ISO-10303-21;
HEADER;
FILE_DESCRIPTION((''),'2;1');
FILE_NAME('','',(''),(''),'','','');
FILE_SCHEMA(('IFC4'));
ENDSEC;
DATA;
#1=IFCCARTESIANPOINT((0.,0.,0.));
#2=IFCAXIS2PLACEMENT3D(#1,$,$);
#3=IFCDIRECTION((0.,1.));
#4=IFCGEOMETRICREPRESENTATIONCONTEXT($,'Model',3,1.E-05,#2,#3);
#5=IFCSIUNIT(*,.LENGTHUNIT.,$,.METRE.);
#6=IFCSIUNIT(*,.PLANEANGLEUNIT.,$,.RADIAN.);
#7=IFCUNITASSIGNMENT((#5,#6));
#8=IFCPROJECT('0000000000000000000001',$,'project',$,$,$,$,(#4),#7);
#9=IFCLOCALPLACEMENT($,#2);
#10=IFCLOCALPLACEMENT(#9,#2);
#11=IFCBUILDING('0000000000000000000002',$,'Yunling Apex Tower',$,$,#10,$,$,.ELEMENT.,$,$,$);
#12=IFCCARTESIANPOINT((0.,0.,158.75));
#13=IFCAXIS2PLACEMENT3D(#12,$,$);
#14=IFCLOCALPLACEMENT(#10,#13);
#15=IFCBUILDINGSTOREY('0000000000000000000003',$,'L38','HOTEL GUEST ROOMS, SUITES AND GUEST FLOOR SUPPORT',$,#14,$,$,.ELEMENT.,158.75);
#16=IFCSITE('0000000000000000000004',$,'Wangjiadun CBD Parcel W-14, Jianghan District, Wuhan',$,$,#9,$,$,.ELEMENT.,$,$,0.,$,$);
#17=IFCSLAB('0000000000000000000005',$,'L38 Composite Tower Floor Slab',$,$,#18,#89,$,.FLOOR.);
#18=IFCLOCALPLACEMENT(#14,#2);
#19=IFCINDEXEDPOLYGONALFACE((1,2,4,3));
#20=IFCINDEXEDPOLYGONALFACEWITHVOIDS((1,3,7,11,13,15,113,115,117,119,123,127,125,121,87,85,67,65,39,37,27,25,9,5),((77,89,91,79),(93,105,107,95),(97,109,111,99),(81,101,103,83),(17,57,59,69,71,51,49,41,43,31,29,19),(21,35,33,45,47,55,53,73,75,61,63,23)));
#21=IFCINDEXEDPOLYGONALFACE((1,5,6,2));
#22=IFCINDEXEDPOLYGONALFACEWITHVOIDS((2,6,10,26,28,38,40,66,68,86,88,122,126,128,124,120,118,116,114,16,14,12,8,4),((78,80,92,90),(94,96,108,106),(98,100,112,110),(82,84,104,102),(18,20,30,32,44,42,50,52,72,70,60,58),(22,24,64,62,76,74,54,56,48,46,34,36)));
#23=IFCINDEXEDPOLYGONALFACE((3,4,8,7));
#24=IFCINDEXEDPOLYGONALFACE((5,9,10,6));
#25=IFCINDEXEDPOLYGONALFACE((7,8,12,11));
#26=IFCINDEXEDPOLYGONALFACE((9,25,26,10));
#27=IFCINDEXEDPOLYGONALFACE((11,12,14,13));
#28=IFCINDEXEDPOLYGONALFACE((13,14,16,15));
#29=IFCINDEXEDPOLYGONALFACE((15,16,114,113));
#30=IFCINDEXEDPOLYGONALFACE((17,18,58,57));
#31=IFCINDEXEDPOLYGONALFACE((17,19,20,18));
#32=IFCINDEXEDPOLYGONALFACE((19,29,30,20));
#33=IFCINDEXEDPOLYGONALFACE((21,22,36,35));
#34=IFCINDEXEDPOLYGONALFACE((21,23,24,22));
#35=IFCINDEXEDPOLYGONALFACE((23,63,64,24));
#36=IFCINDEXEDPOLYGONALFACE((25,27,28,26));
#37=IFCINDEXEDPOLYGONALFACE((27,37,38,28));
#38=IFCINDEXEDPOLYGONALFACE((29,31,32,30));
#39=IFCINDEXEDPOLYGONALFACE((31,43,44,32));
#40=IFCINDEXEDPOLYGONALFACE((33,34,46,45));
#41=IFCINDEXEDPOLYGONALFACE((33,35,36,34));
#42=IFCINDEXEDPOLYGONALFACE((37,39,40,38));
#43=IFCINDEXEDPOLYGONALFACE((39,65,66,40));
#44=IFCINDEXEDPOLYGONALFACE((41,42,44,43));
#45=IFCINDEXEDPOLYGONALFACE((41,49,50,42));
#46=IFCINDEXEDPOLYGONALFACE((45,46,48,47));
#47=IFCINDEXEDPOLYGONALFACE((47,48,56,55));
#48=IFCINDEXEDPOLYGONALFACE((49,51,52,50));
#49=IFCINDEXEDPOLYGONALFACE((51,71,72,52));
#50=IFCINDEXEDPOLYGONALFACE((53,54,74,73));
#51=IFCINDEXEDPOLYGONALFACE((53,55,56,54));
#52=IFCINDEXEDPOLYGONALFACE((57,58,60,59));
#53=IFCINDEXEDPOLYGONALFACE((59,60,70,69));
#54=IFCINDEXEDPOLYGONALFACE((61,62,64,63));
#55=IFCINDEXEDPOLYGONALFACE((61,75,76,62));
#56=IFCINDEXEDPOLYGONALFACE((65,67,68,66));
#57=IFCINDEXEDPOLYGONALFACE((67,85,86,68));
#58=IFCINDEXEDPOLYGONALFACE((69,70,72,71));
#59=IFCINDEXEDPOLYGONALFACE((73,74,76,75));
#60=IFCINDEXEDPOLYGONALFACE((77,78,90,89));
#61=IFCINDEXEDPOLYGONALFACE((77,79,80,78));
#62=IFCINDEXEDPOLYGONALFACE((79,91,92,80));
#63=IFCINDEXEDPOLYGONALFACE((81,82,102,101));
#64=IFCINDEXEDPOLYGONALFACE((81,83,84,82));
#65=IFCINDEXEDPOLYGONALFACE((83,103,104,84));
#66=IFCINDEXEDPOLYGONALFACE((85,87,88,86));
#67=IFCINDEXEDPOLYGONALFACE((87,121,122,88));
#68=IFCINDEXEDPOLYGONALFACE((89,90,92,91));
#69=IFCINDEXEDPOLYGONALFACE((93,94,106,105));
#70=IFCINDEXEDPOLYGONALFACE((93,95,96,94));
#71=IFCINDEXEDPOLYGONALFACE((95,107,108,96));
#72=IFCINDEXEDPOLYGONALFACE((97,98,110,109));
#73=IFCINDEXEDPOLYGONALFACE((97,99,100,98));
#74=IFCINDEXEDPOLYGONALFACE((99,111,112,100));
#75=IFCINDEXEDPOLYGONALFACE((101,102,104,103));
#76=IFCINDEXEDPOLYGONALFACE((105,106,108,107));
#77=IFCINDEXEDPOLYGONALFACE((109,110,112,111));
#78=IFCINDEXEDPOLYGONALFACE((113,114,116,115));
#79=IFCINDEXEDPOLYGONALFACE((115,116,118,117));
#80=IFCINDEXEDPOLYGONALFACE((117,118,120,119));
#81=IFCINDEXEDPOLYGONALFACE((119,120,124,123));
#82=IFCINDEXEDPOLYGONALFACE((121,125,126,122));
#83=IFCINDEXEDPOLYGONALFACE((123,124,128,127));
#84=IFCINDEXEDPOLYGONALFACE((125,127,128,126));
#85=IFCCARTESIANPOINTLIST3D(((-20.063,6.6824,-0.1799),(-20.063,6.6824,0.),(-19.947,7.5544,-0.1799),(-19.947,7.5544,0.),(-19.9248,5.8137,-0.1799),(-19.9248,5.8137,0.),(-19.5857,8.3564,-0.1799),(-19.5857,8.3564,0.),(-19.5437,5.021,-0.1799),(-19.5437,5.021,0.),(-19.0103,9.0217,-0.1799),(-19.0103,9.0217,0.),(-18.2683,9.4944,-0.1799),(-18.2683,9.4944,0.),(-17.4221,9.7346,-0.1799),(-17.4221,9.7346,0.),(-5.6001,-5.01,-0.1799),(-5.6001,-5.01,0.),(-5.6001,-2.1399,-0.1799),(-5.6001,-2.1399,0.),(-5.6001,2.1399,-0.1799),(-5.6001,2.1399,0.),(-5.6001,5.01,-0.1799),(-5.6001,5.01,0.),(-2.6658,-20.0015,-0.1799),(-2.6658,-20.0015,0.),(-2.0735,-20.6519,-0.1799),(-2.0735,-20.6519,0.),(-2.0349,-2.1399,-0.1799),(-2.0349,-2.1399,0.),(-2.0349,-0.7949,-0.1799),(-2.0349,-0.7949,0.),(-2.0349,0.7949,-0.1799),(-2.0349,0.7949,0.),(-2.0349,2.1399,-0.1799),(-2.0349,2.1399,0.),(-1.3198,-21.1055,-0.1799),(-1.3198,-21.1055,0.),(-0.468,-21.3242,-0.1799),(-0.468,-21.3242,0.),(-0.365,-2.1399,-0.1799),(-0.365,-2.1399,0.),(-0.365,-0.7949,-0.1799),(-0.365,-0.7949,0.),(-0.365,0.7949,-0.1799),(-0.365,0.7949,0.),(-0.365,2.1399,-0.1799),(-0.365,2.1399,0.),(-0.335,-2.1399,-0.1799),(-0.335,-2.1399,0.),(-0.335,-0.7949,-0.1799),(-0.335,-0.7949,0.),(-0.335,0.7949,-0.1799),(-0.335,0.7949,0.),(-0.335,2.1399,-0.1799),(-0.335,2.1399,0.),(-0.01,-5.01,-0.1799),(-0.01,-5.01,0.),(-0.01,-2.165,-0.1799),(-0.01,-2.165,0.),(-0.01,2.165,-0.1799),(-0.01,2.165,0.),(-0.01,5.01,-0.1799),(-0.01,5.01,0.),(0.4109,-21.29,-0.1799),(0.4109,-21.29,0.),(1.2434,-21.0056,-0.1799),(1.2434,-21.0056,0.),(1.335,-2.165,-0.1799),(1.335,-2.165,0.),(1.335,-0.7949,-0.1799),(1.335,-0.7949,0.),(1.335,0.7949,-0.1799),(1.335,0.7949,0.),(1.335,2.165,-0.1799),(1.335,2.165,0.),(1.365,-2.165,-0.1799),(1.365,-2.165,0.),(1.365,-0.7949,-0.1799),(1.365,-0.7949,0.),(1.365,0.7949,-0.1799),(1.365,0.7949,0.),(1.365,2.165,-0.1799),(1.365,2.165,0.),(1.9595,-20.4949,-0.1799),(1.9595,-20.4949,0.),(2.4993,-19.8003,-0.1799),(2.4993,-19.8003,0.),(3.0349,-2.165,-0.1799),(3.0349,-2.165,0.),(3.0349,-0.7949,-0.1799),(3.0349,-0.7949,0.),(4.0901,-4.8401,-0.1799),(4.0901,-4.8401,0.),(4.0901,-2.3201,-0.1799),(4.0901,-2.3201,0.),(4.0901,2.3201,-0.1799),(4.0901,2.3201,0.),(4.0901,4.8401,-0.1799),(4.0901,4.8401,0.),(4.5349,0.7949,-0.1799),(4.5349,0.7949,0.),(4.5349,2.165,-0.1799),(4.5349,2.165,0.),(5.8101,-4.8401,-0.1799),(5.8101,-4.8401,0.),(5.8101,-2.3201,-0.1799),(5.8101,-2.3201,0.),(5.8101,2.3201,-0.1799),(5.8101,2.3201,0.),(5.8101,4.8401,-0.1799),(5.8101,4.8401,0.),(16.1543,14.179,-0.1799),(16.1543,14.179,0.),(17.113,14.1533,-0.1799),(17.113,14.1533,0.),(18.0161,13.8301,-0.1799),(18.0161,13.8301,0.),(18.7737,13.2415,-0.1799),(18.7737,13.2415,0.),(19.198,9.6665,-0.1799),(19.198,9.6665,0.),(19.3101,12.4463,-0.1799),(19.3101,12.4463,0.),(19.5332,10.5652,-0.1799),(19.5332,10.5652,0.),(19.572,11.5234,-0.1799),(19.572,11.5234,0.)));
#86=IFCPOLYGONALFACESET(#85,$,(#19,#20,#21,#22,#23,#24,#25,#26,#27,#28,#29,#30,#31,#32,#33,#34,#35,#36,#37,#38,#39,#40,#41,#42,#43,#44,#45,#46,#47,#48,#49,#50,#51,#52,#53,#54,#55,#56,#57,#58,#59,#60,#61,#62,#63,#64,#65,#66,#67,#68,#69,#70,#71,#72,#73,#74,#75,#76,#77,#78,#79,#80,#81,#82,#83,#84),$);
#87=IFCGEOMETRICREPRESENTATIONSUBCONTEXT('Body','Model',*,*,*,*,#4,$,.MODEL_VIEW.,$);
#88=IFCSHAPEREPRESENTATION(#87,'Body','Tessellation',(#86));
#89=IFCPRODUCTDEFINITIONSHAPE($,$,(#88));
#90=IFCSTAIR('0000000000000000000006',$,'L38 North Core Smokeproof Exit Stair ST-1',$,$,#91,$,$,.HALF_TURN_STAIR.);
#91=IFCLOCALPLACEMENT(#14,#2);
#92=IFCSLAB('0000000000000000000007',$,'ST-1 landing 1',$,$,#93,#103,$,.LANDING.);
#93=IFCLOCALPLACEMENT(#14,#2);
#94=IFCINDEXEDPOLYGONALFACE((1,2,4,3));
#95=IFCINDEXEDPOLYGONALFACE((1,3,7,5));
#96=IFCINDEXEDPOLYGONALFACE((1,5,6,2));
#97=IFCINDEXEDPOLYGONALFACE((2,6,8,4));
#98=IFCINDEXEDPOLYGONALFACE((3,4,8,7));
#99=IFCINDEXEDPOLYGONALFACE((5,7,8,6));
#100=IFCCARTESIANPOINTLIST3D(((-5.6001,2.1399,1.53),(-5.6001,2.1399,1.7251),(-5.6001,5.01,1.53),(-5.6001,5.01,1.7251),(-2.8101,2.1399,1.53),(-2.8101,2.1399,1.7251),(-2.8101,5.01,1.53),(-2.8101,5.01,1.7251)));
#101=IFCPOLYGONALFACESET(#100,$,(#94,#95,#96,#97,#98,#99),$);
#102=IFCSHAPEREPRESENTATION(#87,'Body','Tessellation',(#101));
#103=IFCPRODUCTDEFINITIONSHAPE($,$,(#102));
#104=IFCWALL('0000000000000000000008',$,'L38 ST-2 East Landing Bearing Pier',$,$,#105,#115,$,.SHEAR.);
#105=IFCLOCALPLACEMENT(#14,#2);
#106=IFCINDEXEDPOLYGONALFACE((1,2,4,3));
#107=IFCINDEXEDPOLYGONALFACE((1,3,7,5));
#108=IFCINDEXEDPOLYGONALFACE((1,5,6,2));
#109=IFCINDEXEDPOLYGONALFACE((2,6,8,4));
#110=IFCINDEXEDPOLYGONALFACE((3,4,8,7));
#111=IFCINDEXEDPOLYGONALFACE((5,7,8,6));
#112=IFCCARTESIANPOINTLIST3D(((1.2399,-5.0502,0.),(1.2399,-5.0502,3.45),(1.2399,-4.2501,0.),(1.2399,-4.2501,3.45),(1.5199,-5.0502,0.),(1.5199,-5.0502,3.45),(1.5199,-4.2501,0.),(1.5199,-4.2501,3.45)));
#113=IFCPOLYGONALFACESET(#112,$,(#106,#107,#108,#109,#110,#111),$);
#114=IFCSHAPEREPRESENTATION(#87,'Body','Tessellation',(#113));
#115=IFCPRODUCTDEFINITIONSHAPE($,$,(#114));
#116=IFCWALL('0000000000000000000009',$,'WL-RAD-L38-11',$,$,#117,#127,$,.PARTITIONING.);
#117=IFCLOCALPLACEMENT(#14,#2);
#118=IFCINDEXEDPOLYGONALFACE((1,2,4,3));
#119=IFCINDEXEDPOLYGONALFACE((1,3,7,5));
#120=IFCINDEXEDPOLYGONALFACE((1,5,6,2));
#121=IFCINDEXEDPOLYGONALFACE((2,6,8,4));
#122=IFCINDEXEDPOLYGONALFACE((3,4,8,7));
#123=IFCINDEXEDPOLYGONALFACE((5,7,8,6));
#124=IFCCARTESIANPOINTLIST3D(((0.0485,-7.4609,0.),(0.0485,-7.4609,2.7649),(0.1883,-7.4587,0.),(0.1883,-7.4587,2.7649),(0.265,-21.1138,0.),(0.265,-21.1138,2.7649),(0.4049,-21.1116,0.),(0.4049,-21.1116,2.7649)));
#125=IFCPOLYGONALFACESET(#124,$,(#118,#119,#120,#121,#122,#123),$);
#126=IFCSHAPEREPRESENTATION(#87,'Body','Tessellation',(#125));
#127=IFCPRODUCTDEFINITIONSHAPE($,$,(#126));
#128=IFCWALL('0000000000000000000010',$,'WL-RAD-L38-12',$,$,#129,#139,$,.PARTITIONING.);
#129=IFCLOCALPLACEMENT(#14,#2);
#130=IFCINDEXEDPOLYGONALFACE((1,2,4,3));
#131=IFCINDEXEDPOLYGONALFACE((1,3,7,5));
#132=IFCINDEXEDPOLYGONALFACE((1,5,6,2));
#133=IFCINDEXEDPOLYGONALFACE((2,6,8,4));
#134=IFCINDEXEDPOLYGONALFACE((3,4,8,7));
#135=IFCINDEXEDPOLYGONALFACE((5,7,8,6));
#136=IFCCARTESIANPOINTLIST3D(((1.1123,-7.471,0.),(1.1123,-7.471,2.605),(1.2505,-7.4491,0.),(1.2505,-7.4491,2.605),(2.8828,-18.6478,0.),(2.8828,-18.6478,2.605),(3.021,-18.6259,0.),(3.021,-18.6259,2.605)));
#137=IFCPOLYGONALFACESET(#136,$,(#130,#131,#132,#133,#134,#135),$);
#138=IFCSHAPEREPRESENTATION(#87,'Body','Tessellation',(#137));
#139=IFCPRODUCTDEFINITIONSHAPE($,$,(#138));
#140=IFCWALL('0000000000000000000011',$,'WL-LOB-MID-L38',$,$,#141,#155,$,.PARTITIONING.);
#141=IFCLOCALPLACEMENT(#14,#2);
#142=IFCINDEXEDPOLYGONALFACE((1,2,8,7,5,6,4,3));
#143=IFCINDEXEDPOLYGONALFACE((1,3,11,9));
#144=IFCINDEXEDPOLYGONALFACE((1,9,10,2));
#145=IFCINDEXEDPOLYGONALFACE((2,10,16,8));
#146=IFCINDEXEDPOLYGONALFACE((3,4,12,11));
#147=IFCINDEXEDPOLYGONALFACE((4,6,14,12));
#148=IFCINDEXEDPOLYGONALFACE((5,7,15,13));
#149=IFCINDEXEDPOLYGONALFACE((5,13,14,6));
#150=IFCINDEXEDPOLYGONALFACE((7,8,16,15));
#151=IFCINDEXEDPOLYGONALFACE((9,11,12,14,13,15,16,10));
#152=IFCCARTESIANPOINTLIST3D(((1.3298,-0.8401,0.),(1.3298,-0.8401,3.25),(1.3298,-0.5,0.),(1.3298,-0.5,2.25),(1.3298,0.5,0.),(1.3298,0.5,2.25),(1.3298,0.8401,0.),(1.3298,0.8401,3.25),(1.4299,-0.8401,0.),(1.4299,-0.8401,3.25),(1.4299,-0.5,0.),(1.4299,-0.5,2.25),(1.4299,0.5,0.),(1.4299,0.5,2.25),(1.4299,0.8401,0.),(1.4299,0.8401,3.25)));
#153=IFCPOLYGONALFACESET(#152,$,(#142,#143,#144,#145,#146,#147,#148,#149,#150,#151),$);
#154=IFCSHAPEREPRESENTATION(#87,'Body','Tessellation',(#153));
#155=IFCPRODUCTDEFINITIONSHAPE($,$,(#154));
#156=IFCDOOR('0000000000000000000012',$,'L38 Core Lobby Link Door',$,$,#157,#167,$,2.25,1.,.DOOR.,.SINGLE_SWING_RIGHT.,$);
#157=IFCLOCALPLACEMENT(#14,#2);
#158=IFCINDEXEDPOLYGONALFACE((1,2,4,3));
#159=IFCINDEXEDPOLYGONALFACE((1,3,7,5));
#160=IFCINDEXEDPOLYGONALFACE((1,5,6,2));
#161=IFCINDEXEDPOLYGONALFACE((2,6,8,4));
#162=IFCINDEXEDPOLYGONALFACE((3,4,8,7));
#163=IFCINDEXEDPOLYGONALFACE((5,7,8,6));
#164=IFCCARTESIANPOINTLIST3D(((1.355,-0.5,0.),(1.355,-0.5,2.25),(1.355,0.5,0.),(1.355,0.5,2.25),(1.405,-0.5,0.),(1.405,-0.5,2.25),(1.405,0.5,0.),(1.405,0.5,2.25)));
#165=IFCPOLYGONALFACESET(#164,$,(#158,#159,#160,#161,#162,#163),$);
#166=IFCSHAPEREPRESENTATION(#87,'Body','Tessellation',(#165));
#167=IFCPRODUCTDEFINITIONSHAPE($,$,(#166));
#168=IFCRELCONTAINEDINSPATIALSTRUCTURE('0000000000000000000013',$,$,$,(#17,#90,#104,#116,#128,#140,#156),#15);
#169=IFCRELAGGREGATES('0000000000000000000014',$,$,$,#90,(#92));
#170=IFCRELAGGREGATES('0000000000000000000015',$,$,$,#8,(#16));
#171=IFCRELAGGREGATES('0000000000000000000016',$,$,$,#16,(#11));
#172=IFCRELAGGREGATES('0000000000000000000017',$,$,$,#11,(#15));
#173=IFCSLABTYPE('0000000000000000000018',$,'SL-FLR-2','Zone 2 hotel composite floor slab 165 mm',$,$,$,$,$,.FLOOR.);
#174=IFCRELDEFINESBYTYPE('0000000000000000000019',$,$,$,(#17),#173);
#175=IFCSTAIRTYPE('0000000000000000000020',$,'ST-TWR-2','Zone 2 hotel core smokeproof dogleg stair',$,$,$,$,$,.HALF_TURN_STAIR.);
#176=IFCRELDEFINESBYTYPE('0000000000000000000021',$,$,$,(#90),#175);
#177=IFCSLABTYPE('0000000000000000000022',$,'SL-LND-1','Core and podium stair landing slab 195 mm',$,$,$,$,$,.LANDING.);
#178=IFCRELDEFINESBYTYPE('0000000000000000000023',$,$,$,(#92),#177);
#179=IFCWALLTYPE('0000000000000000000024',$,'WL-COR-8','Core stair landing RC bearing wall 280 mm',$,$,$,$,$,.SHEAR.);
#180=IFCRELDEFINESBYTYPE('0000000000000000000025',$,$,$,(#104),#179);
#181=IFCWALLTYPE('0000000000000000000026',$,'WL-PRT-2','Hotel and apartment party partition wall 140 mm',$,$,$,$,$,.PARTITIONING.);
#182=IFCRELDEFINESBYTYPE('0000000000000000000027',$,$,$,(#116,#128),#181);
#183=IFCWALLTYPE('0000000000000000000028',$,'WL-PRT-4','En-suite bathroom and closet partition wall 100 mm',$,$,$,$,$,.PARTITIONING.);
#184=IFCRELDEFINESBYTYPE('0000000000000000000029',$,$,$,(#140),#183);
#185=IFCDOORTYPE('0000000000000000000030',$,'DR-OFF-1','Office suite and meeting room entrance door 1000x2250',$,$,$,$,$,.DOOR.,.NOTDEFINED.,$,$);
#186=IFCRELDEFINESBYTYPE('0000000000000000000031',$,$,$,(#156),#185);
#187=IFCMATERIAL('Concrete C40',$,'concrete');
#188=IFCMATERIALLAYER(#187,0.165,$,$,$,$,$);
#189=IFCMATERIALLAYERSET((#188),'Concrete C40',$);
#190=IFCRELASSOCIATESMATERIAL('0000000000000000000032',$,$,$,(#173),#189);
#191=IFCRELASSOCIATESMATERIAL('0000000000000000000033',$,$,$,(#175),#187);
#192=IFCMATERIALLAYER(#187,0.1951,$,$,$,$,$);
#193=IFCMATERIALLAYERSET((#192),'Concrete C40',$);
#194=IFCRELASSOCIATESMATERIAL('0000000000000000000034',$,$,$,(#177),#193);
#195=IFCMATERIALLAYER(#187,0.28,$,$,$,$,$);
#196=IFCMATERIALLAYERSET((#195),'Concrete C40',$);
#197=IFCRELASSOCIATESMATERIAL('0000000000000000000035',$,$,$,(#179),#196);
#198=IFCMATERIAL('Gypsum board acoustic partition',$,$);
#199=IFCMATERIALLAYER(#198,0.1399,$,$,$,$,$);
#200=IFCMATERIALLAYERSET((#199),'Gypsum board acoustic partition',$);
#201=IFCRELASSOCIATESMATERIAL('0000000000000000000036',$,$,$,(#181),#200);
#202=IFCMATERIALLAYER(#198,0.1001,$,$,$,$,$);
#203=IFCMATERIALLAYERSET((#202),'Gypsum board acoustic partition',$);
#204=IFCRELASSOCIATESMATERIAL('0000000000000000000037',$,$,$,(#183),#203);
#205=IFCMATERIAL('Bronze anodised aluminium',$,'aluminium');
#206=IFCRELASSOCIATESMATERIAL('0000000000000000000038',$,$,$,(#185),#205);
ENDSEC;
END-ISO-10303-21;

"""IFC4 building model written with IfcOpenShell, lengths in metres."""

from ifc_helpers import new_model, si_unit, direction, frame, frame_2d, origin, place, context, subcontext, project, spatial, polyline, rectangle, outline, extrude, material, layer, layer_set, type_object, element, fill, aggregate, save


model = new_model("IFC4")

# Units and contexts
model_context = context("Model", 3, precision=1e-05, world=origin(), true_north=direction((0.0, 1.0)))
body_context = subcontext(model_context, "Body", "Model", "MODEL_VIEW")
ifc_project = project(units=[si_unit("LENGTHUNIT", "METRE"), si_unit("PLANEANGLEUNIT", "RADIAN")], contexts=[model_context])

# Site, building, storey
site_placement = place(None, origin())
site = spatial("IfcSite", under=ifc_project, at=site_placement, Name="Wangjiadun CBD Parcel W-14, Jianghan District, Wuhan", CompositionType="ELEMENT", RefElevation=0.0)
building_placement = place(site_placement, origin())
building = spatial("IfcBuilding", under=site, at=building_placement, Name="Yunling Apex Tower", CompositionType="ELEMENT")
storey_placement = place(building_placement, frame((0.0, 0.0, 158.75)))
storey = spatial("IfcBuildingStorey", under=building, at=storey_placement, Name="L38", Description="HOTEL GUEST ROOMS, SUITES AND GUEST FLOOR SUPPORT", CompositionType="ELEMENT", Elevation=158.75)

# Slab
ifc_material_1 = material(Name="Concrete C40", Category="concrete")
ifc_layer_1 = layer(ifc_material_1, 0.165)
ifc_layer_set_1 = layer_set([ifc_layer_1], Name="Concrete C40")
slab_type_1 = type_object("IfcSlabType", Name="SL-FLR-2", Description="Zone 2 hotel composite floor slab 165 mm", PredefinedType="FLOOR", material=ifc_layer_set_1)
slab_1_placement = place(storey_placement, frame((0.0, 0.0, -0.1799)))
element("IfcSlab", 1, at=slab_1_placement, inside=storey, type_object=slab_type_1, Name="L38 Composite Tower Floor Slab", PredefinedType="FLOOR", context=body_context, shape_type="SweptSolid", body=[
    extrude(outline(polyline([(-2.6658, -20.0015), (-2.0735, -20.6519), (-1.3198, -21.1055), (-0.468, -21.3242), (0.4109, -21.29), (1.2434, -21.0056), (1.9595, -20.4949), (2.4993, -19.8003), (19.198, 9.6665), (19.5332, 10.5652), (19.572, 11.5234), (19.3101, 12.4463), (18.7737, 13.2415), (18.0161, 13.8301), (17.113, 14.1533), (16.1543, 14.179), (-17.4221, 9.7346), (-18.2683, 9.4944), (-19.0103, 9.0217), (-19.5857, 8.3564), (-19.947, 7.5544), (-20.063, 6.6824), (-19.9248, 5.8137), (-19.5437, 5.021), (-2.6658, -20.0015)]), holes=[polyline([(5.8101, -2.3201), (5.8101, -4.8401), (4.0901, -4.8401), (4.0901, -2.3201), (5.8101, -2.3201)]), polyline([(5.8101, 4.8401), (5.8101, 2.3201), (4.0901, 2.3201), (4.0901, 4.8401), (5.8101, 4.8401)]), polyline([(4.5349, 0.7949), (1.365, 0.7949), (1.365, 2.165), (4.5349, 2.165), (4.5349, 0.7949)]), polyline([(3.0349, -0.7949), (3.0349, -2.165), (1.365, -2.165), (1.365, -0.7949), (3.0349, -0.7949)]), polyline([(-2.0349, -0.7949), (-0.365, -0.7949), (-0.365, -2.1399), (-0.335, -2.1399), (-0.335, -0.7949), (1.335, -0.7949), (1.335, -2.165), (-0.01, -2.165), (-0.01, -5.01), (-5.6001, -5.01), (-5.6001, -2.1399), (-2.0349, -2.1399), (-2.0349, -0.7949)]), polyline([(-5.6001, 2.1399), (-5.6001, 5.01), (-0.01, 5.01), (-0.01, 2.165), (1.335, 2.165), (1.335, 0.7949), (-0.335, 0.7949), (-0.335, 2.1399), (-0.365, 2.1399), (-0.365, 0.7949), (-2.0349, 0.7949), (-2.0349, 2.1399), (-5.6001, 2.1399)])]), origin(), (0.0, 0.0, 1.0), 0.1799),
])

# Stair, slab
stair_type = type_object("IfcStairType", Name="ST-TWR-2", Description="Zone 2 hotel core smokeproof dogleg stair", PredefinedType="HALF_TURN_STAIR", material=ifc_material_1)
stair_1_placement = place(storey_placement, origin())
stair_1 = element("IfcStair", 2, at=stair_1_placement, inside=storey, type_object=stair_type, Name="L38 North Core Smokeproof Exit Stair ST-1", PredefinedType="HALF_TURN_STAIR")
ifc_layer_2 = layer(ifc_material_1, 0.1951)
ifc_layer_set_2 = layer_set([ifc_layer_2], Name="Concrete C40")
slab_type_2 = type_object("IfcSlabType", Name="SL-LND-1", Description="Core and podium stair landing slab 195 mm", PredefinedType="LANDING", material=ifc_layer_set_2)
slab_2_placement = place(storey_placement, frame((0.0, 0.0, 1.53)))
slab_2 = element("IfcSlab", 3, at=slab_2_placement, type_object=slab_type_2, Name="ST-1 landing 1", PredefinedType="LANDING", context=body_context, shape_type="SweptSolid", body=[
    extrude(outline(polyline([(-2.8101, 5.01), (-5.6001, 5.01), (-5.6001, 2.1399), (-2.8101, 2.1399), (-2.8101, 5.01)])), origin(), (0.0, 0.0, 1.0), 0.1951),
])
aggregate(stair_1, [slab_2])

# Walls
ifc_layer_3 = layer(ifc_material_1, 0.28)
ifc_layer_set_3 = layer_set([ifc_layer_3], Name="Concrete C40")
wall_type_1 = type_object("IfcWallType", Name="WL-COR-8", Description="Core stair landing RC bearing wall 280 mm", PredefinedType="SHEAR", material=ifc_layer_set_3)
wall_1_placement = place(storey_placement, frame((1.3799, -5.05, 0.0), z_axis=(0.0, 0.0, 1.0), x_axis=(0.0, 1.0, 0.0)))
element("IfcWall", 4, at=wall_1_placement, inside=storey, type_object=wall_type_1, Name="L38 ST-2 East Landing Bearing Pier", PredefinedType="SHEAR", context=body_context, shape_type="SweptSolid", body=[
    extrude(rectangle(XDim=0.8, YDim=0.28, at=frame_2d((0.3999, 0.0))), origin(), (0.0, 0.0, 1.0), 3.45),
])
ifc_material_2 = material(Name="Gypsum board acoustic partition")
ifc_layer_4 = layer(ifc_material_2, 0.1399)
ifc_layer_set_4 = layer_set([ifc_layer_4], Name="Gypsum board acoustic partition")
wall_type_2 = type_object("IfcWallType", Name="WL-PRT-2", Description="Hotel and apartment party partition wall 140 mm", PredefinedType="PARTITIONING", material=ifc_layer_set_4)
wall_2_placement = place(storey_placement, frame((0.1184, -7.46, 0.0), z_axis=(0.0, 0.0, 1.0), x_axis=(0.015859, -0.999874, 0.0)))
element("IfcWall", 5, at=wall_2_placement, inside=storey, type_object=wall_type_2, Name="WL-RAD-L38-11", PredefinedType="PARTITIONING", context=body_context, shape_type="SweptSolid", body=[
    extrude(rectangle(XDim=13.6545, YDim=0.1399, at=frame_2d((6.8271, 0.0))), origin(), (0.0, 0.0, 1.0), 2.7649),
])
wall_3_placement = place(storey_placement, frame((1.1814, -7.46, 0.0), z_axis=(0.0, 0.0, 1.0), x_axis=(0.156459, -0.987684, 0.0)))
element("IfcWall", 6, at=wall_3_placement, inside=storey, type_object=wall_type_2, Name="WL-RAD-L38-12", PredefinedType="PARTITIONING", context=body_context, shape_type="SweptSolid", body=[
    extrude(rectangle(XDim=11.3162, YDim=0.1399, at=frame_2d((5.6582, 0.0))), origin(), (0.0, 0.0, 1.0), 2.605),
])

# Wall, opening, door
ifc_layer_5 = layer(ifc_material_2, 0.1001)
ifc_layer_set_5 = layer_set([ifc_layer_5], Name="Gypsum board acoustic partition")
wall_type_3 = type_object("IfcWallType", Name="WL-PRT-4", Description="En-suite bathroom and closet partition wall 100 mm", PredefinedType="PARTITIONING", material=ifc_layer_set_5)
wall_4_placement = place(storey_placement, frame((1.3799, -0.8401, 0.0), z_axis=(0.0, 0.0, 1.0), x_axis=(0.0, 1.0, 0.0)))
wall_4 = element("IfcWall", 7, at=wall_4_placement, inside=storey, type_object=wall_type_3, Name="WL-LOB-MID-L38", PredefinedType="PARTITIONING", context=body_context, shape_type="SweptSolid", body=[
    extrude(rectangle(XDim=1.6802, YDim=0.1001, at=frame_2d((0.8401, 0.0))), origin(), (0.0, 0.0, 1.0), 3.25),
])
opening_1_placement = place(wall_4_placement, frame((0.3401, 0.0, 0.0)))
opening_1 = element("IfcOpeningElement", 8, at=opening_1_placement, cuts=wall_4, PredefinedType="OPENING", context=body_context, shape_type="SweptSolid", body=[
    extrude(rectangle(XDim=1.0, YDim=2.25, at=frame_2d((0.5, 1.125))), frame((0.0, 0.0601, 0.0), z_axis=(0.0, -1.0, 0.0), x_axis=(1.0, 0.0, 0.0)), (0.0, 0.0, 1.0), 0.1201),
])
ifc_material_3 = material(Name="Bronze anodised aluminium", Category="aluminium")
door_type_1 = type_object("IfcDoorType", Name="DR-OFF-1", Description="Office suite and meeting room entrance door 1000x2250", OperationType="NOTDEFINED", PredefinedType="DOOR", material=ifc_material_3)
door_1_placement = place(opening_1_placement, origin())
door_1 = element("IfcDoor", 9, at=door_1_placement, inside=storey, type_object=door_type_1, Name="L38 Core Lobby Link Door", OperationType="SINGLE_SWING_RIGHT", OverallHeight=2.25, OverallWidth=1.0, PredefinedType="DOOR", context=body_context, shape_type="SweptSolid", body=[
    extrude(rectangle(XDim=1.0, YDim=2.25, at=frame_2d((0.5, 1.125))), frame((0.0, 0.0249, 0.0), z_axis=(0.0, -1.0, 0.0), x_axis=(1.0, 0.0, 0.0)), (0.0, 0.0, 1.0), 0.05),
])
fill(opening_1, door_1)

save(model, "model.ifc")
